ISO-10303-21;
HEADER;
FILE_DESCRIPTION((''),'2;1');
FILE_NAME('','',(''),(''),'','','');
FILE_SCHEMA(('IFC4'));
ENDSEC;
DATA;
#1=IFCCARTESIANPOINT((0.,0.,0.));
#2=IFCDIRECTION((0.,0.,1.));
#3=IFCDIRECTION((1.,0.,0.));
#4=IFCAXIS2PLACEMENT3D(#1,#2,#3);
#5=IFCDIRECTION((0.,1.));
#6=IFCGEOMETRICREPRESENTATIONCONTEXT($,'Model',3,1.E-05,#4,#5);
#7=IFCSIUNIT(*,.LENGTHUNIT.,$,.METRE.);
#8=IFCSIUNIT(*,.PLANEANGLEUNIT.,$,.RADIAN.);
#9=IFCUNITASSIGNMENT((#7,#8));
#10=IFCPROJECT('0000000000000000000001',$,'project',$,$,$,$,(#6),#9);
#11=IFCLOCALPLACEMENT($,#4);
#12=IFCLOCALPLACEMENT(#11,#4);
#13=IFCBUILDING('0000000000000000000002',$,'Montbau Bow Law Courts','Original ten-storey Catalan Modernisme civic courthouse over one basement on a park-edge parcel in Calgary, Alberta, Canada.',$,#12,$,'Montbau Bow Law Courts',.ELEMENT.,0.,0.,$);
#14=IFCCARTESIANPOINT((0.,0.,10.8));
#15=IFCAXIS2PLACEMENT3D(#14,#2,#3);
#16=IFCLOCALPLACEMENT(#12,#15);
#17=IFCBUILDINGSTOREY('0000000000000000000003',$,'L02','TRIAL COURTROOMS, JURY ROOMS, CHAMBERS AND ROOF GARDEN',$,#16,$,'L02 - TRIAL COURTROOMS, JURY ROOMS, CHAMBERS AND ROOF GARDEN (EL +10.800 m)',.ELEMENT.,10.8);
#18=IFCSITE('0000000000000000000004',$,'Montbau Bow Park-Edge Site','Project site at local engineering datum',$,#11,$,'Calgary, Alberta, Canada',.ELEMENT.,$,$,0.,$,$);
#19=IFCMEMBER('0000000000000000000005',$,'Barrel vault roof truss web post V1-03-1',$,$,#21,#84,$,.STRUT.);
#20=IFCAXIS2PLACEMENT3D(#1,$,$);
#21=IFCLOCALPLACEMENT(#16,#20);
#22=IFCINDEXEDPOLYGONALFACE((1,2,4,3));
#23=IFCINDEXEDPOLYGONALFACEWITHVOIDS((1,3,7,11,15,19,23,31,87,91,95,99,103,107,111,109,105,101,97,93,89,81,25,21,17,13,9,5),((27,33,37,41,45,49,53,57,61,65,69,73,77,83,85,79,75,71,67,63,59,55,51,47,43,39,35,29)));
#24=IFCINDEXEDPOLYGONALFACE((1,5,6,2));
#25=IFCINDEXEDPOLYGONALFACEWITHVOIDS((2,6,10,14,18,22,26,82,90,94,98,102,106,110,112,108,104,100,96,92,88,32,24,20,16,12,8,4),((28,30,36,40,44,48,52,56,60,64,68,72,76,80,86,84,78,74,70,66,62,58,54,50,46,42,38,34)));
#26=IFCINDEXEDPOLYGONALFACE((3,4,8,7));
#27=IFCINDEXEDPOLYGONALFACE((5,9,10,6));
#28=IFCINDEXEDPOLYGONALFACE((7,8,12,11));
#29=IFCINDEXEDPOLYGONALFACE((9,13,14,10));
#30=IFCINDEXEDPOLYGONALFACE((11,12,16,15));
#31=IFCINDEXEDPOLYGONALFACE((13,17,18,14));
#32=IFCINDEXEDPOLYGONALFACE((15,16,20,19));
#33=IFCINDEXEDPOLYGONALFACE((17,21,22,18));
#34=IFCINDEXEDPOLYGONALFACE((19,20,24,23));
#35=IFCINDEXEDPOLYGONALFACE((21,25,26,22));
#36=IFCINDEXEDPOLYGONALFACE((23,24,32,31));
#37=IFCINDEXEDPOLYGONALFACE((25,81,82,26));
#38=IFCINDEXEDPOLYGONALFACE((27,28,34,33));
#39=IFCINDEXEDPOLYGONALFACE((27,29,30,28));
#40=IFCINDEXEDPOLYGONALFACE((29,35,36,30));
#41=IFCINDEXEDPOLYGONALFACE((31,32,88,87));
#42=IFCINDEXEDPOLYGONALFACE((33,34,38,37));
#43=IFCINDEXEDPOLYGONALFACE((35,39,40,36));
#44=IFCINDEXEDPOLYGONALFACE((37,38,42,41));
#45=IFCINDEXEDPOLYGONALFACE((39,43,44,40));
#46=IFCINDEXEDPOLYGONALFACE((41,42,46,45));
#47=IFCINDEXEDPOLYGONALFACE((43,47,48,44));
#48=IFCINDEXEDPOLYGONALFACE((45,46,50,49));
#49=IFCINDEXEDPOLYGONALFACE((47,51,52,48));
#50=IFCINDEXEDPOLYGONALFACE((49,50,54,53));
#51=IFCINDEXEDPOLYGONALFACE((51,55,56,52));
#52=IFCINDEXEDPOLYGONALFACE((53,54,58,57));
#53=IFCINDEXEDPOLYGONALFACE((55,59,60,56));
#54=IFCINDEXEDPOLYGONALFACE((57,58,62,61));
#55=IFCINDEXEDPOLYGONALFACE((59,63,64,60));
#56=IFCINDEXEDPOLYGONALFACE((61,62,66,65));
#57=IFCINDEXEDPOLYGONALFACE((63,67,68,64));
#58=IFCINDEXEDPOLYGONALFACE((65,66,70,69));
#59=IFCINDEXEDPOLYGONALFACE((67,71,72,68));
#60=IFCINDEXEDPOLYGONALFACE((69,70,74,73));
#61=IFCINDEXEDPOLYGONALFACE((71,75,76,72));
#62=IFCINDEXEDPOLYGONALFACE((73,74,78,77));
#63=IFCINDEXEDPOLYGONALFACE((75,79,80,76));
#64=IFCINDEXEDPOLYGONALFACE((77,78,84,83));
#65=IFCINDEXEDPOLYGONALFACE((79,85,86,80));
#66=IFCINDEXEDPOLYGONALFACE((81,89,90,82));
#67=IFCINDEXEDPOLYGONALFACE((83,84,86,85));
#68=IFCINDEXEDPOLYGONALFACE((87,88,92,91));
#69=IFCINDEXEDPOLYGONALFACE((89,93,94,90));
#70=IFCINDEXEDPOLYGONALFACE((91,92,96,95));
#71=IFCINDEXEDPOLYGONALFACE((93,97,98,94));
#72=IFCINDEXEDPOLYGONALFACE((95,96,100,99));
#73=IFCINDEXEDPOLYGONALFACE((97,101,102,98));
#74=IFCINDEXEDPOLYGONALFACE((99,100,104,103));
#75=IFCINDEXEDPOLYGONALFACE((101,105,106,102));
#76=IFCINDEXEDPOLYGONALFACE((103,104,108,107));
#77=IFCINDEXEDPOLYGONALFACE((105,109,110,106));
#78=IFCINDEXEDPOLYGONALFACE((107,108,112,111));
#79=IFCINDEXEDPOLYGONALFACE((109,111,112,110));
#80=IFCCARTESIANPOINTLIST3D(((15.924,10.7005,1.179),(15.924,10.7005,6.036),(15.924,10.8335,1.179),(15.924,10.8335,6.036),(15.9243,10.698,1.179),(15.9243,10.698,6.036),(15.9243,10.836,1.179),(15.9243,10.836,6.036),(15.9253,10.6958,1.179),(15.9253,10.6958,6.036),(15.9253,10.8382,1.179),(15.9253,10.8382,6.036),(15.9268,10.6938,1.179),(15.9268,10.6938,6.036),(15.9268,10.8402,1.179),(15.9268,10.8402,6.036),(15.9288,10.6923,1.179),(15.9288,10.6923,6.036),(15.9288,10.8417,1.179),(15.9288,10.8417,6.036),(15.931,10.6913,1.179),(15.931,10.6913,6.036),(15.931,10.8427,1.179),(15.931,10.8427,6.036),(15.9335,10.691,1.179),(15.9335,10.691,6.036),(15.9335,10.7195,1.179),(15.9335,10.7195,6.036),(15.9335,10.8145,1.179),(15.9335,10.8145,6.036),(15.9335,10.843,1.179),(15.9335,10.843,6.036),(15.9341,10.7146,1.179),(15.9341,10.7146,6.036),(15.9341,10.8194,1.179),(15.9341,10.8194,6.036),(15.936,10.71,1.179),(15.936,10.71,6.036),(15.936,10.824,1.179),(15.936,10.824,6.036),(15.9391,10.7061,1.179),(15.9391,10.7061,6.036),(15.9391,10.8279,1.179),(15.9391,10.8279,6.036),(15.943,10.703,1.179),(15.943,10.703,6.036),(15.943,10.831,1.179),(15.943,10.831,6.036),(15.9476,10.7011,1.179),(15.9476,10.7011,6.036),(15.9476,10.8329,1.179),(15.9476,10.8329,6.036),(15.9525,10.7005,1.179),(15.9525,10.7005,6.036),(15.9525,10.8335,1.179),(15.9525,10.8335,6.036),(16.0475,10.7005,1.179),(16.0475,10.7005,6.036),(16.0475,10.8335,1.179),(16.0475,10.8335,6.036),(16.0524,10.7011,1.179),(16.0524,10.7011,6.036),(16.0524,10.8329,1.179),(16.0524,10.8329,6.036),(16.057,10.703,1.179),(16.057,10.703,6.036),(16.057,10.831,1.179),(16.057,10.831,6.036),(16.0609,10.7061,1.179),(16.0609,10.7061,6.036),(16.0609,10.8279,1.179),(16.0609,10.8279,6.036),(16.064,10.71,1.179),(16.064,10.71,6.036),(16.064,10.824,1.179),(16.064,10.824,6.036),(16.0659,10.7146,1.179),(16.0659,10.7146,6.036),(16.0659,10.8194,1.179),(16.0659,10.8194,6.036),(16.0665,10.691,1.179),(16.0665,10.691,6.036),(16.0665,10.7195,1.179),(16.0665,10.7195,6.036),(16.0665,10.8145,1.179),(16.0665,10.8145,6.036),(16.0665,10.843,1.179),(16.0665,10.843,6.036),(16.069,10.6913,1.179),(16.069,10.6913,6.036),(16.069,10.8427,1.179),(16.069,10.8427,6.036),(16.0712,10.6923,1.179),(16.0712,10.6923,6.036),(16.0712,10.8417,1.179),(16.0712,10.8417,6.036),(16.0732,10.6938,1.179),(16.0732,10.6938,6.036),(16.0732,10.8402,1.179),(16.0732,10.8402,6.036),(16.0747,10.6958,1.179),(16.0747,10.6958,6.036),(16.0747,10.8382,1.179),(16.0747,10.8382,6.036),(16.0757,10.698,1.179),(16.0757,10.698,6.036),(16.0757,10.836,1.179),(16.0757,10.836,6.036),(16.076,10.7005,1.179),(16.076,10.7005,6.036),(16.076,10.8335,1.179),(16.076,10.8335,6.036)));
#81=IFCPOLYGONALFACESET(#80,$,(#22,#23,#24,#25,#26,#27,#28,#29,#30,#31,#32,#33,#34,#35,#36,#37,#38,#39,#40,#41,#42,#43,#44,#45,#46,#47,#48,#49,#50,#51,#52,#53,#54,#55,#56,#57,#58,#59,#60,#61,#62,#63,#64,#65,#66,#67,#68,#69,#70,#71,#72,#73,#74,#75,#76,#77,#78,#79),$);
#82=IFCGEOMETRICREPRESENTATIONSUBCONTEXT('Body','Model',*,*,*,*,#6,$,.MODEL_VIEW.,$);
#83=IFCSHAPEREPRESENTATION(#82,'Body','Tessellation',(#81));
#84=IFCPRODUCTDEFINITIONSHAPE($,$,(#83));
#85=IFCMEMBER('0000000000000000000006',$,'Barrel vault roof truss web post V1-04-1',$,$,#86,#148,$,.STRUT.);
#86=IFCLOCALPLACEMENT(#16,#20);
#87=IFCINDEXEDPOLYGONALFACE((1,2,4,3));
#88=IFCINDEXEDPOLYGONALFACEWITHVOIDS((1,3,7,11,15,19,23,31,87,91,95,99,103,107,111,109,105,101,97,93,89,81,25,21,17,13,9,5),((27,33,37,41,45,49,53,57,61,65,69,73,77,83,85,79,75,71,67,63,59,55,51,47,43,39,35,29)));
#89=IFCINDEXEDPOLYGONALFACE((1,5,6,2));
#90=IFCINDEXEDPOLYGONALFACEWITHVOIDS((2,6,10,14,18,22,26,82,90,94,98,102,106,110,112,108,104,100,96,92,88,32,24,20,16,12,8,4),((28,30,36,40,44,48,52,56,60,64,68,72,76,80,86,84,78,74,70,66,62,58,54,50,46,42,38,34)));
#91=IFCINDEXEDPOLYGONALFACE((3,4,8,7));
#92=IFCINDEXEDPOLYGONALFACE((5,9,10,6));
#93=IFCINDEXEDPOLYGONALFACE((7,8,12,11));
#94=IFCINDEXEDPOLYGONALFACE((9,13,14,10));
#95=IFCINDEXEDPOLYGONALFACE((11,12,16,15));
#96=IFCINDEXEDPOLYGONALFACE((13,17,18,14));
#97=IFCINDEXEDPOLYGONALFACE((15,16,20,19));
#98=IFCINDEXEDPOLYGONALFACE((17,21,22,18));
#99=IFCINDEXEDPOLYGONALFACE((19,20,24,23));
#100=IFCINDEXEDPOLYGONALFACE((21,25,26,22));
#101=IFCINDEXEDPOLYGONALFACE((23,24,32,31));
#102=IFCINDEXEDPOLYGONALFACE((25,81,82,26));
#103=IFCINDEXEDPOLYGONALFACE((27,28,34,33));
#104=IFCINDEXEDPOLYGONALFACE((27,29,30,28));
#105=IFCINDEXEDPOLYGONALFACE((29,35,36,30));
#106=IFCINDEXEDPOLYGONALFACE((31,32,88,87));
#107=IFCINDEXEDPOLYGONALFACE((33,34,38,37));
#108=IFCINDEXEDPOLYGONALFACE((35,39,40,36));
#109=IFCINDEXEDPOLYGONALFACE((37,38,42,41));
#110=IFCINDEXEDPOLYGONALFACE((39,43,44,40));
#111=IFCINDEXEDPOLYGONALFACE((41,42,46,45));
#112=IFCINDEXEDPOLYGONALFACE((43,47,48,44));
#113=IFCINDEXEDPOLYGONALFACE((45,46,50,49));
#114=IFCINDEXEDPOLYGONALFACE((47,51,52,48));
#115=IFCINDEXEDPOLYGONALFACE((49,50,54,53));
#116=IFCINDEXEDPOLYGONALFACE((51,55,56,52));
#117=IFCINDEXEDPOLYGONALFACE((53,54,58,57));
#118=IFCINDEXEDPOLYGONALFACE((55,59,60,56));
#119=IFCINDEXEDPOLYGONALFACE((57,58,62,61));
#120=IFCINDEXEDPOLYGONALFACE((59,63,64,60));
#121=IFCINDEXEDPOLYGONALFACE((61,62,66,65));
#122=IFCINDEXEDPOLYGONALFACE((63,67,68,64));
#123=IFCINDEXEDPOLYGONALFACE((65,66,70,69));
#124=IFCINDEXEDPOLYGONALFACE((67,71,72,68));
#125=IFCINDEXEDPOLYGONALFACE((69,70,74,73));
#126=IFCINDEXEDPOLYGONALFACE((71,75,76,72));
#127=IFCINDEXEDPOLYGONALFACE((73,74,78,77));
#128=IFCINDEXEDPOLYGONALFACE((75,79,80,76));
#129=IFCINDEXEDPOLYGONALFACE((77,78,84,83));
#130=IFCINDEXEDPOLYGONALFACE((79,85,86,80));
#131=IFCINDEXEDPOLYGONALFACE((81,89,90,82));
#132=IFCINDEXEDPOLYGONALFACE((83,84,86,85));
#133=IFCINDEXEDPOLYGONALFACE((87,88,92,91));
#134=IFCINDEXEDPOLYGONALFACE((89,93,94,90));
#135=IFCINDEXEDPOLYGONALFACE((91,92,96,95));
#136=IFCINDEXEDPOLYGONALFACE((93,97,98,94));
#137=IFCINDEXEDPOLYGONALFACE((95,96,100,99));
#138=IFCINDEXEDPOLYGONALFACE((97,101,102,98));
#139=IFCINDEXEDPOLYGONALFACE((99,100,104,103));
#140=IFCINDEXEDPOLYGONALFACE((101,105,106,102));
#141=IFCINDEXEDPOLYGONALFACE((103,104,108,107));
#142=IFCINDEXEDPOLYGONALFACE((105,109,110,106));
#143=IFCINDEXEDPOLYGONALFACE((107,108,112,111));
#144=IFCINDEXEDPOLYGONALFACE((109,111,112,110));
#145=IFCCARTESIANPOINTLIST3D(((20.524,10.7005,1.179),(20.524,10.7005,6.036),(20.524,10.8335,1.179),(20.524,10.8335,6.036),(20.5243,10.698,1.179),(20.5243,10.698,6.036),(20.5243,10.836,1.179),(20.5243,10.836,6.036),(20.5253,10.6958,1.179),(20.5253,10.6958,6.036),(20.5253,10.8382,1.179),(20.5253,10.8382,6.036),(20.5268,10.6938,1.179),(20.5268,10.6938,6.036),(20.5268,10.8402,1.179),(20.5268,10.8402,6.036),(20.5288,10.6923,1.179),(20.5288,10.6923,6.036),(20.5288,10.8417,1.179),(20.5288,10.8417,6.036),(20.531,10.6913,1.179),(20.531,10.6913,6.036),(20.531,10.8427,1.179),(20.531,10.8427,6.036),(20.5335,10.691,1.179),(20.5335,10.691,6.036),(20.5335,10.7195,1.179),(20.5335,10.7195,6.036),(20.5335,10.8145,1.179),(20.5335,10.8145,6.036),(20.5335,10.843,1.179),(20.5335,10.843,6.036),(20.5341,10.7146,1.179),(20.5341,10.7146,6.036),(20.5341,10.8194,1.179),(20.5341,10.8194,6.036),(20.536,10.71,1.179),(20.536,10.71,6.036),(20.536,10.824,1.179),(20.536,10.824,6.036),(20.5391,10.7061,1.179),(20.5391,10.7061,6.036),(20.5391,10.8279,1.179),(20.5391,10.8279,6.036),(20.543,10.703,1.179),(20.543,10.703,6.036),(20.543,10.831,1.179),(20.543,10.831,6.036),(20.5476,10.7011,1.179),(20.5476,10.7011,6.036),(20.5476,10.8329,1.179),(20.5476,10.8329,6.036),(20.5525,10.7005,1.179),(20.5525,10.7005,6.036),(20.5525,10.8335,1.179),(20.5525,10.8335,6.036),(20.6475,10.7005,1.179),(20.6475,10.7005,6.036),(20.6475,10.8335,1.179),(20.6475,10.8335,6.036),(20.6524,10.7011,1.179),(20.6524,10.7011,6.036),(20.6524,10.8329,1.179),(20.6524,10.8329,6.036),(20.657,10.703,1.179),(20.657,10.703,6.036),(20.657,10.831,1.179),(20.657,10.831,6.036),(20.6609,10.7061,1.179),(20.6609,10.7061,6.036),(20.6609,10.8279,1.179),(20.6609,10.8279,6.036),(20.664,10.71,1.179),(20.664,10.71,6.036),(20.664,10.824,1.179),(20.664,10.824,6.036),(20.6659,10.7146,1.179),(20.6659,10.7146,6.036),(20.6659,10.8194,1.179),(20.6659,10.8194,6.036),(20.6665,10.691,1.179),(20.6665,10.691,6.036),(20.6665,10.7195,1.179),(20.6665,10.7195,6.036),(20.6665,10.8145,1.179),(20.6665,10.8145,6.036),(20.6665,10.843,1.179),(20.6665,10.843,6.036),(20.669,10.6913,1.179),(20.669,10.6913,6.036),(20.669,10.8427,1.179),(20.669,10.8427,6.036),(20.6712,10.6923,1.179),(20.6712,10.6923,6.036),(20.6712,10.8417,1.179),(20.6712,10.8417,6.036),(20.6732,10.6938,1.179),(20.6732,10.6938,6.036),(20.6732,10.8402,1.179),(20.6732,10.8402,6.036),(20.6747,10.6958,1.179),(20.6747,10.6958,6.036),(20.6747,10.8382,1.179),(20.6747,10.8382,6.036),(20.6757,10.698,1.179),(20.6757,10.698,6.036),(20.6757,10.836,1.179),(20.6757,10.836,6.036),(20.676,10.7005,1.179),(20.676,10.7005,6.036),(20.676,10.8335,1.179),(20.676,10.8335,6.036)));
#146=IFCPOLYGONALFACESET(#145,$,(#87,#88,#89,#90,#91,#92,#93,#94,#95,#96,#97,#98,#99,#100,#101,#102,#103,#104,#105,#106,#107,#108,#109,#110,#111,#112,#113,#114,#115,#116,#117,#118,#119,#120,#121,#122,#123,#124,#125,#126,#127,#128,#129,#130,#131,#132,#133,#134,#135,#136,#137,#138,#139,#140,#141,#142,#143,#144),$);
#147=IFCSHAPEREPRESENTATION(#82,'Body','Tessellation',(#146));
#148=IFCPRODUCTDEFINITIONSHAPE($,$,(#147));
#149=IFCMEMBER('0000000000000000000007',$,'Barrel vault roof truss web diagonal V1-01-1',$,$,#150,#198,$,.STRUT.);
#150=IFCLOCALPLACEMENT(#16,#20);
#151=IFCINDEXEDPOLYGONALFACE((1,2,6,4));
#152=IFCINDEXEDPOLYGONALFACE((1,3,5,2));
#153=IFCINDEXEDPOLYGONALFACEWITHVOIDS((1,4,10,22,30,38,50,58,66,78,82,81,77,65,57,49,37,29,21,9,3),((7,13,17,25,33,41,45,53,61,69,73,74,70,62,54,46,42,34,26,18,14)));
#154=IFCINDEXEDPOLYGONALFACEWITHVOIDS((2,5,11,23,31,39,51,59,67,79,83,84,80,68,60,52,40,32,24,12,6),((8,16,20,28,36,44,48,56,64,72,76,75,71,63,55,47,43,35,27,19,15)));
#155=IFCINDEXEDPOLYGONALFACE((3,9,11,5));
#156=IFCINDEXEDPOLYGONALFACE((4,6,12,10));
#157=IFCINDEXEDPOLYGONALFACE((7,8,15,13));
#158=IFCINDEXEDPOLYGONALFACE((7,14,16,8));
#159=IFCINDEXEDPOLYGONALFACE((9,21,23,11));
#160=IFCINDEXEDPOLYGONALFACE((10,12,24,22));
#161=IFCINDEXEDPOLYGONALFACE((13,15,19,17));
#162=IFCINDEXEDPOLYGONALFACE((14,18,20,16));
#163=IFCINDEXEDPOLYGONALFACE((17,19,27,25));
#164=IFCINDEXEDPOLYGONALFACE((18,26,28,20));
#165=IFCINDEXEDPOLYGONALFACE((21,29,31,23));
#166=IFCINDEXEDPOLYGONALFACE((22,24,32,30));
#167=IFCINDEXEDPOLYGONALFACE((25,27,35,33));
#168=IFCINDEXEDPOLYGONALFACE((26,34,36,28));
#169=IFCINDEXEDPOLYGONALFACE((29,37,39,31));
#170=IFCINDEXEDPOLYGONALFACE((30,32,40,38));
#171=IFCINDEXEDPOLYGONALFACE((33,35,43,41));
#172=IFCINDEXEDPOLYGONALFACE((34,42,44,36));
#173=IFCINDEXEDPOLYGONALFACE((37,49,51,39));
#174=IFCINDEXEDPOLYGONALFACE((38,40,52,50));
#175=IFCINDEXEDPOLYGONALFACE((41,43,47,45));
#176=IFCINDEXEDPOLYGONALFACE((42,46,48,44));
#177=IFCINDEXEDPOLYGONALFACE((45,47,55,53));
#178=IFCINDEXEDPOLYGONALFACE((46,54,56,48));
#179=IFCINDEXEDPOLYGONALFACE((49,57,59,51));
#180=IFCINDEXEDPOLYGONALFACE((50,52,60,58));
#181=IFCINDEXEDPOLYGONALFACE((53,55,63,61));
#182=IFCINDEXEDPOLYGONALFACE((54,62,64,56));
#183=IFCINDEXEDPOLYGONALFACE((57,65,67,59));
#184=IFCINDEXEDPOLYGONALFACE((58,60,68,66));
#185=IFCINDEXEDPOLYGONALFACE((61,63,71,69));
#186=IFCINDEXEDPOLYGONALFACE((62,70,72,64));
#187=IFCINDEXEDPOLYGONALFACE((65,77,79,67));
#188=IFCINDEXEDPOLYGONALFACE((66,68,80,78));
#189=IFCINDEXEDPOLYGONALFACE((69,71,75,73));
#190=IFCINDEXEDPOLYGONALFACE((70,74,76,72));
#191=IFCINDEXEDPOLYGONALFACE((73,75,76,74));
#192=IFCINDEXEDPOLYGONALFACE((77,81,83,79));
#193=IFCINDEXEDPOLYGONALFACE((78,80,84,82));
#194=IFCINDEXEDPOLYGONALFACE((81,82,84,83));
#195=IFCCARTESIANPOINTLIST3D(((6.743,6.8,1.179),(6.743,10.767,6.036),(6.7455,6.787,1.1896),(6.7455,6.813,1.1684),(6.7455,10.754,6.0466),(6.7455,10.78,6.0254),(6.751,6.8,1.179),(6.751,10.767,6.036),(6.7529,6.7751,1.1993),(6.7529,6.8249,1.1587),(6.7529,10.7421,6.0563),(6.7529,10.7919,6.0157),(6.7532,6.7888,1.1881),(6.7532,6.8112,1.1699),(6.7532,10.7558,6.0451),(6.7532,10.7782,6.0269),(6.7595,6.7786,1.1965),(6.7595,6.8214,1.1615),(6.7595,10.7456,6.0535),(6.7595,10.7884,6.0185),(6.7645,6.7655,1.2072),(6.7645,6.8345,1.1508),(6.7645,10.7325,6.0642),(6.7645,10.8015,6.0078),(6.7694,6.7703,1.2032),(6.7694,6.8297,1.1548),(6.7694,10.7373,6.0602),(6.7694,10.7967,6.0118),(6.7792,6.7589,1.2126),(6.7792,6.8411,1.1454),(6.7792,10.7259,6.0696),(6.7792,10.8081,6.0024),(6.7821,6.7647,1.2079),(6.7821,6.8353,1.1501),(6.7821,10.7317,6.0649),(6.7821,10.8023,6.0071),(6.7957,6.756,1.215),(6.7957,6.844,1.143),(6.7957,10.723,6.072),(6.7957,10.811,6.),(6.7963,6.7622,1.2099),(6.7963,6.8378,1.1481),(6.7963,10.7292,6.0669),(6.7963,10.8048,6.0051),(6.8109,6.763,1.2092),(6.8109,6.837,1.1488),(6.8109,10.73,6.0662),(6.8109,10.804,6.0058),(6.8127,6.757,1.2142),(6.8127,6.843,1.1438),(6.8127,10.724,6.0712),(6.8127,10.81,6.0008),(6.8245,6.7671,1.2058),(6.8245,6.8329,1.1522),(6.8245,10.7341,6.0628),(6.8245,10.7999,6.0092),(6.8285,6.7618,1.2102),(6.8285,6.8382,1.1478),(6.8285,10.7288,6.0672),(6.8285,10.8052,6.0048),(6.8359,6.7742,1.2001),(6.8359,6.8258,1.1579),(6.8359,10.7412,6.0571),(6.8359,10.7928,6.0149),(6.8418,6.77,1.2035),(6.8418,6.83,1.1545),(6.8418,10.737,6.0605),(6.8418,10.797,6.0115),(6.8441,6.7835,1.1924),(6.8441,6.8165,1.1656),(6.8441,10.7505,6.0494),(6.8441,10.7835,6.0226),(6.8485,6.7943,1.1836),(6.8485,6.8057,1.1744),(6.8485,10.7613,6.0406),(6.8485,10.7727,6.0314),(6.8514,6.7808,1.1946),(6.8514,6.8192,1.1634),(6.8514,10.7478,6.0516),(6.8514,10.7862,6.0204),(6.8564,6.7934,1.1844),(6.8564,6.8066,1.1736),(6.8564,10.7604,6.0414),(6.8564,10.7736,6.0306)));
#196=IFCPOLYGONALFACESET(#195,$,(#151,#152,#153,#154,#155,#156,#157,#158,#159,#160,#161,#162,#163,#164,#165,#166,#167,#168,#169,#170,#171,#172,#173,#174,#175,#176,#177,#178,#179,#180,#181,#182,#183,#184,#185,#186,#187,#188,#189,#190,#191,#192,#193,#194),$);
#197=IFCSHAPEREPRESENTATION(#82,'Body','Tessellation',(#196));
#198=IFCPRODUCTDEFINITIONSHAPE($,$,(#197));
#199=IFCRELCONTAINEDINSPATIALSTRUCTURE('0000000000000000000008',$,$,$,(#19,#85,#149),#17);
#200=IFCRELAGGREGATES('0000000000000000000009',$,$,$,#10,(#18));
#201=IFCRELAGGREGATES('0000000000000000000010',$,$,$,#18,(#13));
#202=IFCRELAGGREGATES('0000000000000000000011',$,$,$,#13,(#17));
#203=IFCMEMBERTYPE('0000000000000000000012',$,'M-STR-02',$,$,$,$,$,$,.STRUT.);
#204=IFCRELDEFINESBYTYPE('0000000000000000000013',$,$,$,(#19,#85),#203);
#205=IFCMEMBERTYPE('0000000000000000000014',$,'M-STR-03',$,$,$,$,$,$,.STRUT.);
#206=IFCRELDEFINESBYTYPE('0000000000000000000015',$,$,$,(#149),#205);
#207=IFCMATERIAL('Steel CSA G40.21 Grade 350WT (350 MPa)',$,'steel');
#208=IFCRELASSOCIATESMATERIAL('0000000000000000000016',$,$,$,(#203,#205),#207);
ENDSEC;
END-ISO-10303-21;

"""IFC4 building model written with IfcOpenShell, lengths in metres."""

from ifc_helpers import new_model, si_unit, direction, frame, origin_with_axes, origin_2d_with_axis, place, context, subcontext, project, spatial, hollow_rectangle, hollow_circle, extrude, material, material_profile, profile_set, type_object, element, save


model = new_model("IFC4")

# Units and contexts
model_context = context("Model", 3, precision=1e-05, world=origin_with_axes(), true_north=direction((0.0, 1.0)))
body_context = subcontext(model_context, "Body", "Model", "MODEL_VIEW")
ifc_project = project(units=[si_unit("LENGTHUNIT", "METRE"), si_unit("PLANEANGLEUNIT", "RADIAN")], contexts=[model_context])

# Site, building, storey
site_placement = place(None, origin_with_axes())
site = spatial("IfcSite", under=ifc_project, at=site_placement, Name="Montbau Bow Park-Edge Site", Description="Project site at local engineering datum", LongName="Calgary, Alberta, Canada", CompositionType="ELEMENT", RefElevation=0.0)
building_placement = place(site_placement, origin_with_axes())
building = spatial("IfcBuilding", under=site, at=building_placement, Name="Montbau Bow Law Courts", Description="Original ten-storey Catalan Modernisme civic courthouse over one basement on a park-edge parcel in Calgary, Alberta, Canada.", LongName="Montbau Bow Law Courts", CompositionType="ELEMENT", ElevationOfRefHeight=0.0, ElevationOfTerrain=0.0)
storey_placement = place(building_placement, frame((0.0, 0.0, 10.8), z_axis=(0.0, 0.0, 1.0), x_axis=(1.0, 0.0, 0.0)))
storey = spatial("IfcBuildingStorey", under=building, at=storey_placement, Name="L02", Description="TRIAL COURTROOMS, JURY ROOMS, CHAMBERS AND ROOF GARDEN", LongName="L02 - TRIAL COURTROOMS, JURY ROOMS, CHAMBERS AND ROOF GARDEN (EL +10.800 m)", CompositionType="ELEMENT", Elevation=10.8)

# Members
ifc_material = material(Name="Steel CSA G40.21 Grade 350WT (350 MPa)", Category="steel")
ifc_material_profile_1 = material_profile(ifc_material, hollow_rectangle(XDim=0.152, YDim=0.152, WallThickness=0.0095, InnerFilletRadius=0.019, OuterFilletRadius=0.0095, at=origin_2d_with_axis()), Name="HSS152X152X9.5", Category="Main", Priority=0)
ifc_profile_set_1 = profile_set([ifc_material_profile_1], Name="Steel CSA G40.21 Grade 350WT (350 MPa)")
member_type_1 = type_object("IfcMemberType", Name="M-STR-02", PredefinedType="STRUT", material=ifc_profile_set_1)
for number, where, z_axis, x_axis, name in (
    (1, (16.0, 10.767, 11.979), (0.0, 0.0, 1.0), (1.0, 0.0, 0.0), "Barrel vault roof truss web post V1-03-1"),
    (2, (20.6, 10.767, 11.979), (0.0, 0.0, 1.0), (1.0, 0.0, 0.0), "Barrel vault roof truss web post V1-04-1"),
):
    element("IfcMember", number, at=place(None, frame(where, z_axis=z_axis, x_axis=x_axis)), inside=storey, type_object=member_type_1, Name=name, PredefinedType="STRUT", context=body_context, shape_type="SweptSolid", body=[
        extrude(hollow_rectangle(XDim=0.152, YDim=0.152, WallThickness=0.0095, InnerFilletRadius=0.019, OuterFilletRadius=0.0095, at=origin_2d_with_axis()), origin_with_axes(), (0.0, 0.0, 1.0), 4.857),
    ])
ifc_material_profile_2 = material_profile(ifc_material, hollow_circle(Radius=0.057, WallThickness=0.008, at=origin_2d_with_axis()), Name="HSS114X8.0", Category="Main", Priority=0)
ifc_profile_set_2 = profile_set([ifc_material_profile_2], Name="Steel CSA G40.21 Grade 350WT (350 MPa)")
member_type_2 = type_object("IfcMemberType", Name="M-STR-03", PredefinedType="STRUT", material=ifc_profile_set_2)
member_1_placement = place(None, frame((6.8, 6.8, 11.979), z_axis=(0.0, 0.632578, 0.774497), x_axis=(-1.0, 0.0, 0.0)))
element("IfcMember", 3, at=member_1_placement, inside=storey, type_object=member_type_2, Name="Barrel vault roof truss web diagonal V1-01-1", PredefinedType="STRUT", context=body_context, shape_type="SweptSolid", body=[
    extrude(hollow_circle(Radius=0.057, WallThickness=0.008, at=origin_2d_with_axis()), origin_with_axes(), (0.0, 0.0, 1.0), 6.2712),
])

save(model, "model.ifc")
